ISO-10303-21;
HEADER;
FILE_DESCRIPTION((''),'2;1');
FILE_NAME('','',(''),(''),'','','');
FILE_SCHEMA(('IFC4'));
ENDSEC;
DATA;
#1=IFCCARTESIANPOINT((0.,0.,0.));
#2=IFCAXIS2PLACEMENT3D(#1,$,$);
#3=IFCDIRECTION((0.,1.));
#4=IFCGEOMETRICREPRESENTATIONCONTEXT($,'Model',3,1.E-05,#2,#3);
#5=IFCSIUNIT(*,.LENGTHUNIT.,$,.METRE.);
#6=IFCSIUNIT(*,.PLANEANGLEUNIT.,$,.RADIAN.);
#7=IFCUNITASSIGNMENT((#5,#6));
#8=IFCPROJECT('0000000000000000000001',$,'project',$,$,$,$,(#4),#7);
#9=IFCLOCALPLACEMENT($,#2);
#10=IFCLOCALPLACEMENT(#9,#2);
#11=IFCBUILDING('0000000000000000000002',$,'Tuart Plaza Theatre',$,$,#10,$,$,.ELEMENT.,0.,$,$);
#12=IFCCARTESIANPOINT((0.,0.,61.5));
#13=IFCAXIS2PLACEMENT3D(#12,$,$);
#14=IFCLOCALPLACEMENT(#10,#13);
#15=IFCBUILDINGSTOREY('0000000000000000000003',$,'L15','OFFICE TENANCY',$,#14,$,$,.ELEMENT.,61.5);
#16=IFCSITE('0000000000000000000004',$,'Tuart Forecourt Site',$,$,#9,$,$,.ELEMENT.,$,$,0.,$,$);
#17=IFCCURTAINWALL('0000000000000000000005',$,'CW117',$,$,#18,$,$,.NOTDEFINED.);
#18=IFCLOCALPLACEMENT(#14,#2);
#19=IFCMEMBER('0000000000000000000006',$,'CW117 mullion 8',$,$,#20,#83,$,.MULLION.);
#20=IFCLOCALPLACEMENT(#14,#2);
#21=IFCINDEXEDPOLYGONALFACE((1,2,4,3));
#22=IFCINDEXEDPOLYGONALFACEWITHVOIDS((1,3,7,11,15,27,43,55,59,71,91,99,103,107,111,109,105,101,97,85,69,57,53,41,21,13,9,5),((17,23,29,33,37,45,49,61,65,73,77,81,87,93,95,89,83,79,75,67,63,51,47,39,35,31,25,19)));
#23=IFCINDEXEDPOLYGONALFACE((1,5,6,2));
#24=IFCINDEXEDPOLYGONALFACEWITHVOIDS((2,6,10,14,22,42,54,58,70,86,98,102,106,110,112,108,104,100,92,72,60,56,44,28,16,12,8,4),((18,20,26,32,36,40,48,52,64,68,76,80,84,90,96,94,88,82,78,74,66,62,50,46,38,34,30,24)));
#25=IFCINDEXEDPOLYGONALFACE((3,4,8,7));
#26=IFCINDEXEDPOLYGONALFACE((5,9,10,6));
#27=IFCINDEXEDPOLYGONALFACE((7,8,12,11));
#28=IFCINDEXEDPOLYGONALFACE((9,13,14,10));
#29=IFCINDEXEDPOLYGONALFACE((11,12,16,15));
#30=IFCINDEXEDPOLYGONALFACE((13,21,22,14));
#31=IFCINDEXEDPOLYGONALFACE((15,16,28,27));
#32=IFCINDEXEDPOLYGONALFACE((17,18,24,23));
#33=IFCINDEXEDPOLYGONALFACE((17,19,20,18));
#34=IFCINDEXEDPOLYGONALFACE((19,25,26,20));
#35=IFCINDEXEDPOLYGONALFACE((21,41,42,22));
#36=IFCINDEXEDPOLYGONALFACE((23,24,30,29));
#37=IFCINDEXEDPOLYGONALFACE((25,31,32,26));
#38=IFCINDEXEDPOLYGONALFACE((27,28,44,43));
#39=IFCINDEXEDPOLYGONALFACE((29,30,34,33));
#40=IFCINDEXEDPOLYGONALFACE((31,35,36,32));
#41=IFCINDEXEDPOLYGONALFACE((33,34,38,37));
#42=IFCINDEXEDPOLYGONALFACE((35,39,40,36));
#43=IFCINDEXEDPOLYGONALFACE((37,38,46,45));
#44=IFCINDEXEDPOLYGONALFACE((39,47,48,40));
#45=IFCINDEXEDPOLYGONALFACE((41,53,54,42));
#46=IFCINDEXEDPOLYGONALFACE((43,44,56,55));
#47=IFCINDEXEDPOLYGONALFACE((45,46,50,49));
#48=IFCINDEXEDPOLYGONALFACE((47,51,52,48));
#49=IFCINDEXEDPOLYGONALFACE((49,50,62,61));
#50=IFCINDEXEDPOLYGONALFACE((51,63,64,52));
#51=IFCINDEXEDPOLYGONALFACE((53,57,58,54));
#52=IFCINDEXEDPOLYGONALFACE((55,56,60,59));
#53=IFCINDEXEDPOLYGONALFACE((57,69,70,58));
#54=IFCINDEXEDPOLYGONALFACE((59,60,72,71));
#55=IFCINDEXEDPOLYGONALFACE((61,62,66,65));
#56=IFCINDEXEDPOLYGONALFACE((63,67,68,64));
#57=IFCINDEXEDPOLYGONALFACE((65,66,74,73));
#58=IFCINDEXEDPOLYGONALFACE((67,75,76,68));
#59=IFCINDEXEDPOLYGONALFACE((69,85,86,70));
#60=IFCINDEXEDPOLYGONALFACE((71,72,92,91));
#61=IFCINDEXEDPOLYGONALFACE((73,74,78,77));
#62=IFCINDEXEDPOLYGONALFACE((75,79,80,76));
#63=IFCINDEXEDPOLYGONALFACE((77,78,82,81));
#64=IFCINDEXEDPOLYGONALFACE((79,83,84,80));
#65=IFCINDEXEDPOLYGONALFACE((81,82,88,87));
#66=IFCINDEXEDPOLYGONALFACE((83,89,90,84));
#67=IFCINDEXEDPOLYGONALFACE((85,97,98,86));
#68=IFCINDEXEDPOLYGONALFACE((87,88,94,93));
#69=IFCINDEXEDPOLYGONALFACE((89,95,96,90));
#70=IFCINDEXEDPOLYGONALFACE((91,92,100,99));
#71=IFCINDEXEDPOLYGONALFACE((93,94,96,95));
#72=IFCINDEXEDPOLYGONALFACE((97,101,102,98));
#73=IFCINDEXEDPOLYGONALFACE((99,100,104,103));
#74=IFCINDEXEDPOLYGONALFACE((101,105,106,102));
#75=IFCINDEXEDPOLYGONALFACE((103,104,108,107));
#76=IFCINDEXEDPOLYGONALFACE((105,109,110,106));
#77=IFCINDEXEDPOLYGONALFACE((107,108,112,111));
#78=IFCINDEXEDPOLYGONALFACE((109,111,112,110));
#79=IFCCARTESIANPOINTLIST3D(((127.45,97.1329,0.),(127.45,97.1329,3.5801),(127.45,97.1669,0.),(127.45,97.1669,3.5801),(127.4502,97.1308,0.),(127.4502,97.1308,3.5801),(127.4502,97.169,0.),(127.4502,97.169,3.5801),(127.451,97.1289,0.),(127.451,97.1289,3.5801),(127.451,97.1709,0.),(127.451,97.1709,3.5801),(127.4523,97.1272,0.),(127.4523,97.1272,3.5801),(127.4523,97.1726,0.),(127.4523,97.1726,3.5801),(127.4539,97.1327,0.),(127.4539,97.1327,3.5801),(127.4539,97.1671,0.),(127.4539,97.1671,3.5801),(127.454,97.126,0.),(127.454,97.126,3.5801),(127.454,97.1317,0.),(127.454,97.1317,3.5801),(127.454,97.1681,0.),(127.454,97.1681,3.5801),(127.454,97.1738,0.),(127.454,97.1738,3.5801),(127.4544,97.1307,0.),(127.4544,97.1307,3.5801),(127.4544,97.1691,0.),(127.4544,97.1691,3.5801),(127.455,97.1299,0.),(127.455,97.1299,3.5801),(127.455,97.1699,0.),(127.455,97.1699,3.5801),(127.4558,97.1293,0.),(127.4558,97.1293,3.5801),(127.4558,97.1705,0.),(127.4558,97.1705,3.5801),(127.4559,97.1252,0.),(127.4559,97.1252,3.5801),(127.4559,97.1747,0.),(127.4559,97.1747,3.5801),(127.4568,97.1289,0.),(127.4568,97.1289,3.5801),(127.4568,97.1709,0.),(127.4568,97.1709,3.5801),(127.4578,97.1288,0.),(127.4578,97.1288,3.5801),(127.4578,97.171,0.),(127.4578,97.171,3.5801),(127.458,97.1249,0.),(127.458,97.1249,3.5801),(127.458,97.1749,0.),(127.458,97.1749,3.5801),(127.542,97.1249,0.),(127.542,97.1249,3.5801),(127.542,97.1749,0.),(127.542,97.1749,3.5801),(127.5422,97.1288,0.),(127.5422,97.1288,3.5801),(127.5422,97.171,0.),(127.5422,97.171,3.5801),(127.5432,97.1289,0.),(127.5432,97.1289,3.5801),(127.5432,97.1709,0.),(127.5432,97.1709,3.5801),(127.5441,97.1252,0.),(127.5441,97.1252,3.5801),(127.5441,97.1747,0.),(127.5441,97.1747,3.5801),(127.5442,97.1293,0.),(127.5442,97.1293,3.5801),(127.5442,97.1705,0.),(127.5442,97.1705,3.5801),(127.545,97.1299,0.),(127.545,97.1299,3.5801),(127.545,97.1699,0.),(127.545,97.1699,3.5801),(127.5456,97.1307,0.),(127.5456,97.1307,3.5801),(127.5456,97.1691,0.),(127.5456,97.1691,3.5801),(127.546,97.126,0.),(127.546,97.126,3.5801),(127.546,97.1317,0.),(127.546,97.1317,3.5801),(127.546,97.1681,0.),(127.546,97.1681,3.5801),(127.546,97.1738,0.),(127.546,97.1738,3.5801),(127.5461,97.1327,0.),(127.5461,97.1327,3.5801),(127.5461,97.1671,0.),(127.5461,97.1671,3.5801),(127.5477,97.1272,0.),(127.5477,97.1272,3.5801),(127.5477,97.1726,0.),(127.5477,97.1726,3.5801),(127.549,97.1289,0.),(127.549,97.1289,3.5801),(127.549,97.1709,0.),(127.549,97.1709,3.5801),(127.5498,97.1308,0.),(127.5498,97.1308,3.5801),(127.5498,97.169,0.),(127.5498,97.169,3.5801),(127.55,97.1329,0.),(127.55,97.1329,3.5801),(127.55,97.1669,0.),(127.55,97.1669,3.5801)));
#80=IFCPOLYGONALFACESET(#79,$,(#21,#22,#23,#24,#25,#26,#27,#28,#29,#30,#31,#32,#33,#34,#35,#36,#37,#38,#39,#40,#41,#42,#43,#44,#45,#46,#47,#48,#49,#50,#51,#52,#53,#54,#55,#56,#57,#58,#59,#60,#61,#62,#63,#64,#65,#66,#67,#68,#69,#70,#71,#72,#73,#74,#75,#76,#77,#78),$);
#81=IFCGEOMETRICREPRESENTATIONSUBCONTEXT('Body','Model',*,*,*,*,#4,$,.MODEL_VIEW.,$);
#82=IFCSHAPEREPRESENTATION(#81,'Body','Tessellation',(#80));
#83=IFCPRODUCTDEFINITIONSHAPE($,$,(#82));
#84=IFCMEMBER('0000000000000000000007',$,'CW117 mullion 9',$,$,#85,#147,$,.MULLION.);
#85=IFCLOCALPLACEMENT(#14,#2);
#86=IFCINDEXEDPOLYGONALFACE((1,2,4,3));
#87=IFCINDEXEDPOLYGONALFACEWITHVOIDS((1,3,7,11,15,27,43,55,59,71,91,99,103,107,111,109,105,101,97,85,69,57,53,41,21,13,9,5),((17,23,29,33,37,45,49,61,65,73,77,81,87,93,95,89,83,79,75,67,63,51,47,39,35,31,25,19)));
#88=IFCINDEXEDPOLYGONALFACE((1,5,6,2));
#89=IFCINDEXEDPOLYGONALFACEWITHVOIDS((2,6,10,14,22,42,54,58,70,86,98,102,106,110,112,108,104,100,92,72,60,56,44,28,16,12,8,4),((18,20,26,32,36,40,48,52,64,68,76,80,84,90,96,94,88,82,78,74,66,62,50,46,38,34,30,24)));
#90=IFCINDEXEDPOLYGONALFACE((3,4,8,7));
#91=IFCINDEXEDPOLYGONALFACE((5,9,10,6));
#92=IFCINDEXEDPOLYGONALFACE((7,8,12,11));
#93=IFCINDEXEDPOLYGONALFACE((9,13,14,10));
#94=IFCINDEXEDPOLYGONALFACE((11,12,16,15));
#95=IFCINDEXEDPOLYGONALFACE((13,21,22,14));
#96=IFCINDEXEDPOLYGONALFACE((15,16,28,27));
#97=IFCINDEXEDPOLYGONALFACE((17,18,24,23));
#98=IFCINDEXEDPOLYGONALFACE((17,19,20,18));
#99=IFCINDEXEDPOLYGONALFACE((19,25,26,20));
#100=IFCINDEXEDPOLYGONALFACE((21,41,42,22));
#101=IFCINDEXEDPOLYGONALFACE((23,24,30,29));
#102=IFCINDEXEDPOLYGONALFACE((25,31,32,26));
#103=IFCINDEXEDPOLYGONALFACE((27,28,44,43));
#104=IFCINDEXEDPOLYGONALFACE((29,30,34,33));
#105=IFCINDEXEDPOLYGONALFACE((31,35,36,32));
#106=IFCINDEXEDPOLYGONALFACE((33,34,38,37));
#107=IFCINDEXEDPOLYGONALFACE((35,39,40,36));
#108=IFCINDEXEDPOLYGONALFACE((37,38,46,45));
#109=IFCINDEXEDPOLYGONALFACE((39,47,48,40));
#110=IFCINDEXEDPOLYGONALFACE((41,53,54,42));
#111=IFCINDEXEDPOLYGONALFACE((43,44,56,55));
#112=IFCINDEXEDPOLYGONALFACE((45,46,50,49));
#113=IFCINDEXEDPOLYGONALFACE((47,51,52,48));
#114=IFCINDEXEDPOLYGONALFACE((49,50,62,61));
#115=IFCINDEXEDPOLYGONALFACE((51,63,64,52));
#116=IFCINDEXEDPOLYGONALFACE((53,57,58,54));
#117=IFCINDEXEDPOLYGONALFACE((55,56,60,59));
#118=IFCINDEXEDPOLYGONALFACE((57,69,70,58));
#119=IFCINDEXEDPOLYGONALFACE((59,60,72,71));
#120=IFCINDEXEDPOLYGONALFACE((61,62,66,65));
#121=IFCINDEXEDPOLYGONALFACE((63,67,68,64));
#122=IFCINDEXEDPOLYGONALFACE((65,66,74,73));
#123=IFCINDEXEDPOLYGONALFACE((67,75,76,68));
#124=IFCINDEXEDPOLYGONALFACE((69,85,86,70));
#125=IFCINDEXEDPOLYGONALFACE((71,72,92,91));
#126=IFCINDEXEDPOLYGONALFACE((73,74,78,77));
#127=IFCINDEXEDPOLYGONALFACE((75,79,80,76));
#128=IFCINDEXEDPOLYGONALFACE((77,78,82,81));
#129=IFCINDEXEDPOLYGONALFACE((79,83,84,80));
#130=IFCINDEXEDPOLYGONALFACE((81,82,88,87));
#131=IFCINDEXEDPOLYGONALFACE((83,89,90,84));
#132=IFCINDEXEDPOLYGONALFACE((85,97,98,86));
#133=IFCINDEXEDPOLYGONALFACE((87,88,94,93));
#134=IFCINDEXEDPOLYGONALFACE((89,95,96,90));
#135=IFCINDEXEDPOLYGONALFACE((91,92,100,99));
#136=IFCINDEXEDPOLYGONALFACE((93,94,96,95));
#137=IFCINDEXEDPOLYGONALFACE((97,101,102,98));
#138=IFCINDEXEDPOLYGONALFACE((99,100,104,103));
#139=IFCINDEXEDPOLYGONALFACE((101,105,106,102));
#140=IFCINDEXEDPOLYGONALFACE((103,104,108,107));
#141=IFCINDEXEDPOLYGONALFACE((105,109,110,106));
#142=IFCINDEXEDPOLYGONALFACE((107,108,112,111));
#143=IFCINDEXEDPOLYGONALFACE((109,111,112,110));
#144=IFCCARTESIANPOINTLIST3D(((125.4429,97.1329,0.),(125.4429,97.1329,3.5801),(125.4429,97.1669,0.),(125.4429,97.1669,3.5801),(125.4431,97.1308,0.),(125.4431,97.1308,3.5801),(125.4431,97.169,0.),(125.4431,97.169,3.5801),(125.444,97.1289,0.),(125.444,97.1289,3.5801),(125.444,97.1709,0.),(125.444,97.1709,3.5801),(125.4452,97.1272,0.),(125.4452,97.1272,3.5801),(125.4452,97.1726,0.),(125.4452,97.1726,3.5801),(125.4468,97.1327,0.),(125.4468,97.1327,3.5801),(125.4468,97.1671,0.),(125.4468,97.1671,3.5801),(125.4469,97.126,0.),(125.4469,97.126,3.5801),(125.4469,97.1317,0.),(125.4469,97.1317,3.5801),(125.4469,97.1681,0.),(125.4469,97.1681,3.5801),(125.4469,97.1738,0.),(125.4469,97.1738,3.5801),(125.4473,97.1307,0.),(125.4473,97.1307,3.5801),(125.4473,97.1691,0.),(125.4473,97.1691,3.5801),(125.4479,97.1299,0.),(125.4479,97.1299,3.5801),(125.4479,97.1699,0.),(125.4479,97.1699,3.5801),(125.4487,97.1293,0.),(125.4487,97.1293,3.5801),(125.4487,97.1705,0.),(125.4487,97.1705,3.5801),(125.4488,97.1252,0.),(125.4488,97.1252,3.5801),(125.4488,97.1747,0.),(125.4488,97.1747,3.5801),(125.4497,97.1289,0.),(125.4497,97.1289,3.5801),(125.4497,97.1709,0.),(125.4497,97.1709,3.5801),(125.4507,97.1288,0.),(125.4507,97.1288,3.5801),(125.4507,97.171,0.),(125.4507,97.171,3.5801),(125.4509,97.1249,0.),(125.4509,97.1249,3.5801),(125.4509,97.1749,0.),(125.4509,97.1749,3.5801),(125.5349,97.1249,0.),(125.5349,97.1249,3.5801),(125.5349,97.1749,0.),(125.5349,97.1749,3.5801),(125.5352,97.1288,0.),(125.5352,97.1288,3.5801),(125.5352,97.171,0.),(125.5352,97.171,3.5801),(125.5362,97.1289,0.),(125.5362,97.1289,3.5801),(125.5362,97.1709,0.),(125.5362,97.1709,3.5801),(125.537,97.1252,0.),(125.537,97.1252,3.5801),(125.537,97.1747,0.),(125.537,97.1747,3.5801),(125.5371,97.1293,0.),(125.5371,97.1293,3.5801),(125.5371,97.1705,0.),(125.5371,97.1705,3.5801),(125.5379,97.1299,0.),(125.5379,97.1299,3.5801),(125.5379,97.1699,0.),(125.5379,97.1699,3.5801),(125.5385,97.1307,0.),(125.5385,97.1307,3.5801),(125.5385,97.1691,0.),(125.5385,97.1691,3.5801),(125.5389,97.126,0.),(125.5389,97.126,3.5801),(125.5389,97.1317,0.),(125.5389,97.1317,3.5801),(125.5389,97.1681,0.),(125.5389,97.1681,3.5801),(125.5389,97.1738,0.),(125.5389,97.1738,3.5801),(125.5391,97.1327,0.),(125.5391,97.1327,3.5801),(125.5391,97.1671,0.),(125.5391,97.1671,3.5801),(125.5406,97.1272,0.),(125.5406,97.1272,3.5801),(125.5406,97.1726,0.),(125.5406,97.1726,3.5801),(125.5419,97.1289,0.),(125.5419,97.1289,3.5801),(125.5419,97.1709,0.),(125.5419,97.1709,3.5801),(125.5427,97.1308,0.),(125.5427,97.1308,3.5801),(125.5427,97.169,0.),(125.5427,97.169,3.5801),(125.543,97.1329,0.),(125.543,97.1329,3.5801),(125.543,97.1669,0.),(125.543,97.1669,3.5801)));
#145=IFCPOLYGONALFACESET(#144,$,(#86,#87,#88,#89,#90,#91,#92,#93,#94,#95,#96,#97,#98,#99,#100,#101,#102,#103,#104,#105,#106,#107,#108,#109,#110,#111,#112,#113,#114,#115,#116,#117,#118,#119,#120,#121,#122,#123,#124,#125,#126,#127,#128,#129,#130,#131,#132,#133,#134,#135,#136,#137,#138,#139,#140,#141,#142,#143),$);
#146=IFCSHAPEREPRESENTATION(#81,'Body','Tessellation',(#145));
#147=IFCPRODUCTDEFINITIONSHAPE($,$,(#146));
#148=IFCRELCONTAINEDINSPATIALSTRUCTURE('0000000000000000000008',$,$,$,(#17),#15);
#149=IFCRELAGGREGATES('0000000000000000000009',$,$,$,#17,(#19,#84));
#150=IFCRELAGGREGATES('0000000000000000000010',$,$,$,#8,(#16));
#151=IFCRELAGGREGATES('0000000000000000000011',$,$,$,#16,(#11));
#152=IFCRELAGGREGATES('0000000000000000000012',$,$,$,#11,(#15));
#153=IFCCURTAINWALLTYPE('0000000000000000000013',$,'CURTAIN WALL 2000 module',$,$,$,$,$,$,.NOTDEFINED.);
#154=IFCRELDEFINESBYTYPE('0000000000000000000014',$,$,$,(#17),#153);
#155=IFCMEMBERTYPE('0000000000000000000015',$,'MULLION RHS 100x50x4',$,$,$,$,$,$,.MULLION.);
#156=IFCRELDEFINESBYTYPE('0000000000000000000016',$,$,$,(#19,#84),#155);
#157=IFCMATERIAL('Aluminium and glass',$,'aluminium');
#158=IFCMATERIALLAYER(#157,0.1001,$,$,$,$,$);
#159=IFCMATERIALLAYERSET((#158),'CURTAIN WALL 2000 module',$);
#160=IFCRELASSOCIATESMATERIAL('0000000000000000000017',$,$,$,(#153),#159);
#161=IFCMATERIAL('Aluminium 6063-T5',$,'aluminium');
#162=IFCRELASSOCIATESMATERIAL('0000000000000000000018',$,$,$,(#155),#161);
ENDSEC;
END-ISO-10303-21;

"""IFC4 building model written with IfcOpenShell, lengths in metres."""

from ifc_helpers import new_model, si_unit, direction, frame, origin, origin_2d, place, context, subcontext, project, spatial, hollow_rectangle, extrude, material, layer, layer_set, material_profile, profile_set, type_object, element, aggregate, save


model = new_model("IFC4")

# Units and contexts
model_context = context("Model", 3, precision=1e-05, world=origin(), true_north=direction((0.0, 1.0)))
body_context = subcontext(model_context, "Body", "Model", "MODEL_VIEW")
ifc_project = project(units=[si_unit("LENGTHUNIT", "METRE"), si_unit("PLANEANGLEUNIT", "RADIAN")], contexts=[model_context])

# Site, building, storey
site_placement = place(None, origin())
site = spatial("IfcSite", under=ifc_project, at=site_placement, Name="Tuart Forecourt Site", CompositionType="ELEMENT", RefElevation=0.0)
building_placement = place(site_placement, origin())
building = spatial("IfcBuilding", under=site, at=building_placement, Name="Tuart Plaza Theatre", CompositionType="ELEMENT", ElevationOfRefHeight=0.0)
storey_placement = place(building_placement, frame((0.0, 0.0, 61.5)))
storey = spatial("IfcBuildingStorey", under=building, at=storey_placement, Name="L15", Description="OFFICE TENANCY", CompositionType="ELEMENT", Elevation=61.5)

# Curtain wall, members
ifc_material_1 = material(Name="Aluminium and glass", Category="aluminium")
ifc_layer_1 = layer(ifc_material_1, 0.1001)
ifc_layer_set_1 = layer_set([ifc_layer_1], Name="CURTAIN WALL 2000 module")
curtain_wall_type = type_object("IfcCurtainWallType", Name="CURTAIN WALL 2000 module", PredefinedType="NOTDEFINED", material=ifc_layer_set_1)
curtain_wall_placement = place(storey_placement, origin())
curtain_wall = element("IfcCurtainWall", 1, at=curtain_wall_placement, inside=storey, type_object=curtain_wall_type, Name="CW117", PredefinedType="NOTDEFINED")
ifc_material_2 = material(Name="Aluminium 6063-T5", Category="aluminium")
ifc_material_profile_1 = material_profile(ifc_material_2, hollow_rectangle(XDim=0.05, YDim=0.1001, WallThickness=0.0039, InnerFilletRadius=0.0039, OuterFilletRadius=0.0081, at=origin_2d()), Name="RHS 100x50x4")
ifc_profile_set_1 = profile_set([ifc_material_profile_1], Name="Aluminium 6063-T5")
member_type_1 = type_object("IfcMemberType", Name="MULLION RHS 100x50x4", PredefinedType="MULLION", material=ifc_profile_set_1)
member_1_placement = place(storey_placement, frame((127.5, 97.1499, 0.0), z_axis=(0.0, 0.0, 1.0), x_axis=(0.0, -1.0, 0.0)))
member_1 = element("IfcMember", 2, at=member_1_placement, type_object=member_type_1, Name="CW117 mullion 8", PredefinedType="MULLION", context=body_context, shape_type="SweptSolid", body=[
    extrude(hollow_rectangle(XDim=0.05, YDim=0.1001, WallThickness=0.0039, InnerFilletRadius=0.0039, OuterFilletRadius=0.0081, at=origin_2d()), origin(), (0.0, 0.0, 1.0), 3.5801),
])
member_2_placement = place(storey_placement, frame((125.4929, 97.1499, 0.0), z_axis=(0.0, 0.0, 1.0), x_axis=(0.0, -1.0, 0.0)))
member_2 = element("IfcMember", 3, at=member_2_placement, type_object=member_type_1, Name="CW117 mullion 9", PredefinedType="MULLION", context=body_context, shape_type="SweptSolid", body=[
    extrude(hollow_rectangle(XDim=0.05, YDim=0.1001, WallThickness=0.0039, InnerFilletRadius=0.0039, OuterFilletRadius=0.0081, at=origin_2d()), origin(), (0.0, 0.0, 1.0), 3.5801),
])
aggregate(curtain_wall, [member_1, member_2])

save(model, "model.ifc")
